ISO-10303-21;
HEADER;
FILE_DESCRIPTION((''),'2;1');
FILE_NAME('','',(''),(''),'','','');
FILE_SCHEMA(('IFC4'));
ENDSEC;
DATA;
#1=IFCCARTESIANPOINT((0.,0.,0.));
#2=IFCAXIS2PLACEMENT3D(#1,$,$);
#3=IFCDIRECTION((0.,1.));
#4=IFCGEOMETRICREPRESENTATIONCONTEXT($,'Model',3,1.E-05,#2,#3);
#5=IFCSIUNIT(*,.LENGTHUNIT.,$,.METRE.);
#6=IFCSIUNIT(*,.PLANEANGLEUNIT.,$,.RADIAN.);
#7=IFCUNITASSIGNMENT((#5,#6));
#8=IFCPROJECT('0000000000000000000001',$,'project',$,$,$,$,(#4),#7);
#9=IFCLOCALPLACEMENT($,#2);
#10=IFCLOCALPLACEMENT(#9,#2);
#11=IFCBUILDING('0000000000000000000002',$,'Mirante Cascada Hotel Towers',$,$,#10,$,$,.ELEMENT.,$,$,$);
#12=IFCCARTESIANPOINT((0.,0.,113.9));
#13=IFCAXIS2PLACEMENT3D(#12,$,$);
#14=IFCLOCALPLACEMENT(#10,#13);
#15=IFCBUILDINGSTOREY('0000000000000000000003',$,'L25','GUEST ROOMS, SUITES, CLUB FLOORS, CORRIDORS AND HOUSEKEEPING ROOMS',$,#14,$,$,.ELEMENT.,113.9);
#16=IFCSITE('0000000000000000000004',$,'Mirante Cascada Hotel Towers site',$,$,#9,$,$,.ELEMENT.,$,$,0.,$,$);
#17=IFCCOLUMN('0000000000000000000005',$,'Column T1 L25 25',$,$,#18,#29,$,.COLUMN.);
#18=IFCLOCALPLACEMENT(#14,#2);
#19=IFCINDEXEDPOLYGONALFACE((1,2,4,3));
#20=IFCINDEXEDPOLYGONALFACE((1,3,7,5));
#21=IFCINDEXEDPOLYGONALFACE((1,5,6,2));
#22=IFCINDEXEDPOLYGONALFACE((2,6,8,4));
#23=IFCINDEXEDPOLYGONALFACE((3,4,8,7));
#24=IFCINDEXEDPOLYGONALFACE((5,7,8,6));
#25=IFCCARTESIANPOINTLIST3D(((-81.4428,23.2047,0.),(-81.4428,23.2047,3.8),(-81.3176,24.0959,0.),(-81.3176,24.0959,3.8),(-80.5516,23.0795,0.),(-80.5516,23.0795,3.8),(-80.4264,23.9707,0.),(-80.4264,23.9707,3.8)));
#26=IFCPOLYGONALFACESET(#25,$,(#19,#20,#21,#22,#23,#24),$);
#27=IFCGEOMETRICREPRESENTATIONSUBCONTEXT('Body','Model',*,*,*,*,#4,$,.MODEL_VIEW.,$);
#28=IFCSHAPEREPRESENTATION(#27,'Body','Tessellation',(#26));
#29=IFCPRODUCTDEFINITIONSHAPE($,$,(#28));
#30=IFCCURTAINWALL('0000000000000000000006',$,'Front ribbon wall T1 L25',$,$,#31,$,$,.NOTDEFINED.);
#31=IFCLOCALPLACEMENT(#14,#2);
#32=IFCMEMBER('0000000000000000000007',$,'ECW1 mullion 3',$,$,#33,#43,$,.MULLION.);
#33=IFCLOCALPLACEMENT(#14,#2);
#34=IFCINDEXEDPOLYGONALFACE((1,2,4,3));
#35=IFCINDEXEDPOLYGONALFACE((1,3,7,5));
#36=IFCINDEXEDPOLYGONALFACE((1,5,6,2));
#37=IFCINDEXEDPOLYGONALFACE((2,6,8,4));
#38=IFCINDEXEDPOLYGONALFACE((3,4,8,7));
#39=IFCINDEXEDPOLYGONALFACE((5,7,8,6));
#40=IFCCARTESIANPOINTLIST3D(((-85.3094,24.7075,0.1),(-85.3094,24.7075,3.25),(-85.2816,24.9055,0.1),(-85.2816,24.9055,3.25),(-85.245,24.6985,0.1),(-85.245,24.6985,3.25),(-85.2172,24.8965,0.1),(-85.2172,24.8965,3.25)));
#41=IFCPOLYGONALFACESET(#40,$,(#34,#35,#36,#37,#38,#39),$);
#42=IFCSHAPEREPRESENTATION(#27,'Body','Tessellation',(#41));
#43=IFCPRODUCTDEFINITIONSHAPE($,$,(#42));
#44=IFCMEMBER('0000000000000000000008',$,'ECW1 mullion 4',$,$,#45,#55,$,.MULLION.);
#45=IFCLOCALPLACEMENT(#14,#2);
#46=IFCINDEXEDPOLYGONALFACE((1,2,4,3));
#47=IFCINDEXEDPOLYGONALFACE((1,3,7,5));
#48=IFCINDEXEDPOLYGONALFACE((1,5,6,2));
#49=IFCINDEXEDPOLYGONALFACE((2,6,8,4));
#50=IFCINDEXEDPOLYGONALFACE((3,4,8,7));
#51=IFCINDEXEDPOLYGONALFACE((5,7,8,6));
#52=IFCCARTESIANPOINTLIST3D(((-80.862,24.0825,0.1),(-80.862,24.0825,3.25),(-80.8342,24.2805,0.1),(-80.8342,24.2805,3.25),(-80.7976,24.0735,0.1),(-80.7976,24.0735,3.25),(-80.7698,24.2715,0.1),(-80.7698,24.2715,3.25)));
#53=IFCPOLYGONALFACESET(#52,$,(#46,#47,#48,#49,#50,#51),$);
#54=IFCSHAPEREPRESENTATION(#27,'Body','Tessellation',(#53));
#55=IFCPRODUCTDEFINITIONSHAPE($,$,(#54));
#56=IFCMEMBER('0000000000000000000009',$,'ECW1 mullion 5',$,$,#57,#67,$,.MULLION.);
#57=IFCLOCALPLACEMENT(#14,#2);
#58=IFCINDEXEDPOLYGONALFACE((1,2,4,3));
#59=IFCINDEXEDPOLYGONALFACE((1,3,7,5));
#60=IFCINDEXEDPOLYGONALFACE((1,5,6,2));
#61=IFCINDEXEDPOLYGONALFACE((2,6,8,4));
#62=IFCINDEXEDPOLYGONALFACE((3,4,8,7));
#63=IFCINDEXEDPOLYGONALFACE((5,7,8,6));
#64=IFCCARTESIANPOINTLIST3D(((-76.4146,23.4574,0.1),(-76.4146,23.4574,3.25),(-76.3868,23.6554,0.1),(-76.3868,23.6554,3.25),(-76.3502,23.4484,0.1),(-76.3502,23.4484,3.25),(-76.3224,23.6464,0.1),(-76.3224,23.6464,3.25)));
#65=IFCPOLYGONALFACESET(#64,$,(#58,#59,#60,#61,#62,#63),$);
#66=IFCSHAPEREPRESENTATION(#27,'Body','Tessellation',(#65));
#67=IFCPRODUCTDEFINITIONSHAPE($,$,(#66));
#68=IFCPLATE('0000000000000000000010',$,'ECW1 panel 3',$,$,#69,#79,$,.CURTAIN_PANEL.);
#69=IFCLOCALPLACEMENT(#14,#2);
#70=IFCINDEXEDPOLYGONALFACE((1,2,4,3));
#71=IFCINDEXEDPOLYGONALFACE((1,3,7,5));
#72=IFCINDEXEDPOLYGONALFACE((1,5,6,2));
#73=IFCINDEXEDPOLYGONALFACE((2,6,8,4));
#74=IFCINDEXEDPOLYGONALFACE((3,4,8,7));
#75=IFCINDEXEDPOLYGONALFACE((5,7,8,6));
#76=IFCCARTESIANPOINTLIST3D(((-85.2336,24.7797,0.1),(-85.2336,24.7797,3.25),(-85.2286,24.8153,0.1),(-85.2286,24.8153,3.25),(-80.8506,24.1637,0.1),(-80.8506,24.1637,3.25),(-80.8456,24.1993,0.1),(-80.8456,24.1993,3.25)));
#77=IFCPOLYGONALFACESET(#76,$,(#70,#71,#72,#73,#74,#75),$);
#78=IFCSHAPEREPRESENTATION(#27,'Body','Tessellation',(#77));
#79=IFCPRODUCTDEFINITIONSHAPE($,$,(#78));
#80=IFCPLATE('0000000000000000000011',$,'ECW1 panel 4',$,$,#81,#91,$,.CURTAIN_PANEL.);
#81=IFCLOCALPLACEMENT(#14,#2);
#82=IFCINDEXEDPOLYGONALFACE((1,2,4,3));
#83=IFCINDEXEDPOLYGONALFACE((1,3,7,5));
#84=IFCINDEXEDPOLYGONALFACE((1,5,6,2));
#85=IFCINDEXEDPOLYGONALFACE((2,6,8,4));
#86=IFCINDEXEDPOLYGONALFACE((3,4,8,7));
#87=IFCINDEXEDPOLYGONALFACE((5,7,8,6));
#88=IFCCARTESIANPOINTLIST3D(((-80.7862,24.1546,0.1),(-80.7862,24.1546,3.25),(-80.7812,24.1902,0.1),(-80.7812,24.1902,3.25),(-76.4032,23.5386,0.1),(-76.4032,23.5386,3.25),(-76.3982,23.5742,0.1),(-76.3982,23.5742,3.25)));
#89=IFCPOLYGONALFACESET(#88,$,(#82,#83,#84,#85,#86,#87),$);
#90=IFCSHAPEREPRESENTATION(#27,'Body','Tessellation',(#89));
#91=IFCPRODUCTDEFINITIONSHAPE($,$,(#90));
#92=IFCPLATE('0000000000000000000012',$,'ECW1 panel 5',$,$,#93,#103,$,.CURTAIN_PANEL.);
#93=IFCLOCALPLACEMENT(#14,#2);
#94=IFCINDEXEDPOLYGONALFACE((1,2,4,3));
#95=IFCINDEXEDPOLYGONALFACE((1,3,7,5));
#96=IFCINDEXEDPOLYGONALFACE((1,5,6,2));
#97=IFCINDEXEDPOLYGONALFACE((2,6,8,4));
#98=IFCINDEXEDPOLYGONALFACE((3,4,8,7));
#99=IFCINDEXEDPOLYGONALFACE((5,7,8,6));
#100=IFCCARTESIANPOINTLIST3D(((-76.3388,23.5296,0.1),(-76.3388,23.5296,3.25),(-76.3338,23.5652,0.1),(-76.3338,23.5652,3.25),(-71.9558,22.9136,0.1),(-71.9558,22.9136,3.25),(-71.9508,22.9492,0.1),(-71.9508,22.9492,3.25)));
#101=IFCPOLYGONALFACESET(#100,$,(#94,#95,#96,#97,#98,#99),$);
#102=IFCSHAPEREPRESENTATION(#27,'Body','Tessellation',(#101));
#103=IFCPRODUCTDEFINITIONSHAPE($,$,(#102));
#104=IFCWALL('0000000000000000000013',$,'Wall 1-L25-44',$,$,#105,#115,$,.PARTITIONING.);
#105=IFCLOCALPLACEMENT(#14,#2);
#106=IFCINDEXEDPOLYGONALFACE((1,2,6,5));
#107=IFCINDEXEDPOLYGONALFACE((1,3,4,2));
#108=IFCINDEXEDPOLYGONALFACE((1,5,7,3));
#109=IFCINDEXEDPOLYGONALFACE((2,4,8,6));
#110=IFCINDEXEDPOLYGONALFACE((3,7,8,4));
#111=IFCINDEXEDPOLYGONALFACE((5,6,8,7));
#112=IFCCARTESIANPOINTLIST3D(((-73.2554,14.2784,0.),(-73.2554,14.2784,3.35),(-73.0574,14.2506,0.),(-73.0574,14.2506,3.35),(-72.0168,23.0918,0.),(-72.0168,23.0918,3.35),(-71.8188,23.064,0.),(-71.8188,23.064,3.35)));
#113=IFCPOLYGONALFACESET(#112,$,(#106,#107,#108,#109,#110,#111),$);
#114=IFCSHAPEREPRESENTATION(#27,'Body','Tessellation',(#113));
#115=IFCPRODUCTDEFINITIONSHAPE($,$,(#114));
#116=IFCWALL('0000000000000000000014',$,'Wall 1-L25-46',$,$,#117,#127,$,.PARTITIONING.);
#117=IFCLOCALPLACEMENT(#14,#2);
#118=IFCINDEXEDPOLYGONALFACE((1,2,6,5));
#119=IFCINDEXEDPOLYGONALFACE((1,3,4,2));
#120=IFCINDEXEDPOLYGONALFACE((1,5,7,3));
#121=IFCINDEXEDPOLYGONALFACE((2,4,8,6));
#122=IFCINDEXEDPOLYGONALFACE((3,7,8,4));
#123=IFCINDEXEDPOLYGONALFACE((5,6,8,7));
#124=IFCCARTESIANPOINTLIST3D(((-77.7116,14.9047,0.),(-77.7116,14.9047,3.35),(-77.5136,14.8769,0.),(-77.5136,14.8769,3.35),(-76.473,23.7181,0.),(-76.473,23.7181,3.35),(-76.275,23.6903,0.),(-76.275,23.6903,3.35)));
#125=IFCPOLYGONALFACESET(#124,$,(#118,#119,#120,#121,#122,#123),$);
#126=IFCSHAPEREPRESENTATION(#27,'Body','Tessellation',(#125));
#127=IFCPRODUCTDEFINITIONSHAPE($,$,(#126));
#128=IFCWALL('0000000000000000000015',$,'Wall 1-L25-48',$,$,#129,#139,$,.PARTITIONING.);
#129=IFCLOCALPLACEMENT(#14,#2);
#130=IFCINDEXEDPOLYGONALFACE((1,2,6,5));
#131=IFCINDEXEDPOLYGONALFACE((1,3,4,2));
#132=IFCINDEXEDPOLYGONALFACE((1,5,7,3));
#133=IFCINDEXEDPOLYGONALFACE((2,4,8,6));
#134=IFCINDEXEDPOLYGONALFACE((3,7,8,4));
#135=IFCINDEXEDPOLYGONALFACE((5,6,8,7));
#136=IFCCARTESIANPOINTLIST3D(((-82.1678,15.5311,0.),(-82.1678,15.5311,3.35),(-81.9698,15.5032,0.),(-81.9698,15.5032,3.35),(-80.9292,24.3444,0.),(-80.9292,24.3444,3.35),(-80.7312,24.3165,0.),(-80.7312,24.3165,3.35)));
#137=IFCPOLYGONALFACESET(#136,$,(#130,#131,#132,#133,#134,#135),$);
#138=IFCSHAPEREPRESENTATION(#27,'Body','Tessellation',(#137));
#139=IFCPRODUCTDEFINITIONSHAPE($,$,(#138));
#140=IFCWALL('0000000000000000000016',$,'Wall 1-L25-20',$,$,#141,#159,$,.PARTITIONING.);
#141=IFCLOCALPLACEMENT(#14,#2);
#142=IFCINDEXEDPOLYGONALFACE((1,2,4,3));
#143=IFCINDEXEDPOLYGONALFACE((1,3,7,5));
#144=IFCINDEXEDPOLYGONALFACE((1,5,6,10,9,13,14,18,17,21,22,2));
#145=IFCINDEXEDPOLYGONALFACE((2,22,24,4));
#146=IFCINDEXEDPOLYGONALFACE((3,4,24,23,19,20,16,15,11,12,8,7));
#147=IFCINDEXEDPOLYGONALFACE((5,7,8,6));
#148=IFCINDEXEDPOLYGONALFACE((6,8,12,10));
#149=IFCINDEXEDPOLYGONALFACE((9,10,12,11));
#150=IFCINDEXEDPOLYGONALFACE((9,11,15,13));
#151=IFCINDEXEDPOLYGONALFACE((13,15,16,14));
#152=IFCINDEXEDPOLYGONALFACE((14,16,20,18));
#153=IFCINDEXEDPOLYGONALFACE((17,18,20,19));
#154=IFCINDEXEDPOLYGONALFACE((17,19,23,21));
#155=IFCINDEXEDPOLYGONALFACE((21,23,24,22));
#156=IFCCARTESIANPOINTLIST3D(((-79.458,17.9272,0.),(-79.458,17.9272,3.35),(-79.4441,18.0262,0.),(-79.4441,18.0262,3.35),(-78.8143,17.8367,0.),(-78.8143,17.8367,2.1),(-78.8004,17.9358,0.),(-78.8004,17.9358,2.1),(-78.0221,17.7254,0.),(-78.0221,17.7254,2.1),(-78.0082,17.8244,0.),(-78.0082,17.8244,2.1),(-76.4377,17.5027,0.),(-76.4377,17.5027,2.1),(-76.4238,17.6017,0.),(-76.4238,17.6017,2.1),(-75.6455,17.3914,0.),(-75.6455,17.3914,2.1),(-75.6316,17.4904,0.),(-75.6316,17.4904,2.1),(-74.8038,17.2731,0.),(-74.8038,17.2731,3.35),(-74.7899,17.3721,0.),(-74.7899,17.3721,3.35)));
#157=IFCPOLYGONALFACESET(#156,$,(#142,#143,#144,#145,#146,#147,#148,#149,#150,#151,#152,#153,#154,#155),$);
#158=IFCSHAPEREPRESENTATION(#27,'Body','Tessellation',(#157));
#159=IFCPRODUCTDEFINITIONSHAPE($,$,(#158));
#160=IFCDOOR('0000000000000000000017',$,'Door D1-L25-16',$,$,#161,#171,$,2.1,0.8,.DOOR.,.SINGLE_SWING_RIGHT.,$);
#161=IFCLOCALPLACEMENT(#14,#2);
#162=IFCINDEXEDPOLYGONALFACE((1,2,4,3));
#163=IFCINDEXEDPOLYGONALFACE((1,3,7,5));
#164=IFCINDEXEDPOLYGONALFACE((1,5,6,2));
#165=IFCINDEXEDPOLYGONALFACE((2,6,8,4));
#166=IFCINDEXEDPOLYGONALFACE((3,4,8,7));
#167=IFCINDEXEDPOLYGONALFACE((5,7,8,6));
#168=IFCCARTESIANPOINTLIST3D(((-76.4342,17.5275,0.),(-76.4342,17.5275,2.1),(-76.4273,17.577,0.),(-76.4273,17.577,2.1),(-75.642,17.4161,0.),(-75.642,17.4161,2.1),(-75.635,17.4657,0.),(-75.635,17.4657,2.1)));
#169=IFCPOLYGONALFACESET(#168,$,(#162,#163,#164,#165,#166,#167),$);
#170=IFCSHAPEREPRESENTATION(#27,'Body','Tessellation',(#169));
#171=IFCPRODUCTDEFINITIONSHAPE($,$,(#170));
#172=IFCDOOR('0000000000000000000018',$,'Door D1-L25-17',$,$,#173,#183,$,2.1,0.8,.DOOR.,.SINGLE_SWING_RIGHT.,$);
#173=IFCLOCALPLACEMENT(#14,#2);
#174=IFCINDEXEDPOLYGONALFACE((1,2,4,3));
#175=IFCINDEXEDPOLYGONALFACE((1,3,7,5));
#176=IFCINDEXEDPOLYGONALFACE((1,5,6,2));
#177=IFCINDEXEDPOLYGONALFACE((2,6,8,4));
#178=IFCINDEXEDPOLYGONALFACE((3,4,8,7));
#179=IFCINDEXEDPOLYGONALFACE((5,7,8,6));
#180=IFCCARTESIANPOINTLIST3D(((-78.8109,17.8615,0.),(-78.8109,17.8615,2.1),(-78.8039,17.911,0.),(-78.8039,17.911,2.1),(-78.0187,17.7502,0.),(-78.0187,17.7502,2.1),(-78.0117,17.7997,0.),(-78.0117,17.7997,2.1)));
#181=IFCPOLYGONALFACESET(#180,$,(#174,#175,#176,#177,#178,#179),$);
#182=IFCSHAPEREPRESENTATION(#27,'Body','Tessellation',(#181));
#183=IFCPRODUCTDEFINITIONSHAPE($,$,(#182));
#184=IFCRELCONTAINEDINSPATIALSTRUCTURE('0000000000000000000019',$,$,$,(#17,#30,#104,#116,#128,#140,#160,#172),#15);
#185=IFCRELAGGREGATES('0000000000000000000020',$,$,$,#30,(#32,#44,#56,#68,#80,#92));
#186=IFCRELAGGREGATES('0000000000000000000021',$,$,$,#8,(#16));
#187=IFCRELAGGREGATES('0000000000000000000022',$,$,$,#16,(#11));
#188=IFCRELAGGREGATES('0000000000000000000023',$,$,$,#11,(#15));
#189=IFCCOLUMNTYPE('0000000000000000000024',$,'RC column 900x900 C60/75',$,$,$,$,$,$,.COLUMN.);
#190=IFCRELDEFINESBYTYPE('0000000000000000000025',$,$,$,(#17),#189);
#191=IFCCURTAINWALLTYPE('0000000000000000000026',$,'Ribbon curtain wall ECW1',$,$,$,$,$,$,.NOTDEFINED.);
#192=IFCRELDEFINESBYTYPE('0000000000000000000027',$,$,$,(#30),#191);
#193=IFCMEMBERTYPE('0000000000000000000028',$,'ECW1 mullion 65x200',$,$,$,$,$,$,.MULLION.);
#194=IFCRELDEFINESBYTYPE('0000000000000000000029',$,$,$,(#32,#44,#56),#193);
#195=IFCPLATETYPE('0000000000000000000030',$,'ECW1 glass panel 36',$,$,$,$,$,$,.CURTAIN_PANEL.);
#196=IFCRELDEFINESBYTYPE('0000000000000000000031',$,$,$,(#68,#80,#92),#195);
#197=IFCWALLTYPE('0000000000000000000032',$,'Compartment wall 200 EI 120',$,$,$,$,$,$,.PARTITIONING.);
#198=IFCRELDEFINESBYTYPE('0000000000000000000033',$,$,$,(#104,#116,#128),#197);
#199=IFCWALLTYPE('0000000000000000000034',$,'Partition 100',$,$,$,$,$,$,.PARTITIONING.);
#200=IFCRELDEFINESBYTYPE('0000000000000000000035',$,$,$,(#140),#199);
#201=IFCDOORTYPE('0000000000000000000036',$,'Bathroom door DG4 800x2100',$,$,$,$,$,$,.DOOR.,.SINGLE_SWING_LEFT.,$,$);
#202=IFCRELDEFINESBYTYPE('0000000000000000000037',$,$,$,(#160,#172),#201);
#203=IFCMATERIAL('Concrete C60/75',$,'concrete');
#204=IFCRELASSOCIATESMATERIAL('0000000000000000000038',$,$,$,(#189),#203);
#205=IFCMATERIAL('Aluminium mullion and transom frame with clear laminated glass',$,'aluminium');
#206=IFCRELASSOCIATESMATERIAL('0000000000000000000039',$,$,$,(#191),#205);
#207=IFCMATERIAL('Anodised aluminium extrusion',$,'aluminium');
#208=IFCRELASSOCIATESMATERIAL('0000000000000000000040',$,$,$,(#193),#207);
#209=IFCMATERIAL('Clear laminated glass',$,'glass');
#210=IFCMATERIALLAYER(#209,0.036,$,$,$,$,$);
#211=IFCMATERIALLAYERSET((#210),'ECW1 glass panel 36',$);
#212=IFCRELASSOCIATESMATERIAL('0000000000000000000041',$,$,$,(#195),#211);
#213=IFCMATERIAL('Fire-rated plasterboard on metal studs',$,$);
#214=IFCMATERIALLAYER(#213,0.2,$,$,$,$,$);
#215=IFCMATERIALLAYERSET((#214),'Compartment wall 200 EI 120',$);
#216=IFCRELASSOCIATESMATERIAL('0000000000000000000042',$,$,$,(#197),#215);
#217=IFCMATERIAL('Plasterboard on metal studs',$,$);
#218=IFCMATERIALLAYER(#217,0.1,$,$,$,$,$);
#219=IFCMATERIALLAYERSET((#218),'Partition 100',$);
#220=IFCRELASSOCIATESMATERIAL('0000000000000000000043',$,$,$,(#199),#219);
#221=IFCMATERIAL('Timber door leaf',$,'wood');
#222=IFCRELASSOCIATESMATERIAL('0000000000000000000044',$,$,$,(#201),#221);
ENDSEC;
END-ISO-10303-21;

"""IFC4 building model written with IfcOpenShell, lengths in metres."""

from ifc_helpers import new_model, si_unit, direction, frame, frame_2d, origin, origin_2d, place, context, subcontext, project, spatial, rectangle, extrude, material, layer, layer_set, material_profile, profile_set, type_object, element, fill, aggregate, save


model = new_model("IFC4")

# Units and contexts
model_context = context("Model", 3, precision=1e-05, world=origin(), true_north=direction((0.0, 1.0)))
body_context = subcontext(model_context, "Body", "Model", "MODEL_VIEW")
ifc_project = project(units=[si_unit("LENGTHUNIT", "METRE"), si_unit("PLANEANGLEUNIT", "RADIAN")], contexts=[model_context])

# Site, building, storey
site_placement = place(None, origin())
site = spatial("IfcSite", under=ifc_project, at=site_placement, Name="Mirante Cascada Hotel Towers site", CompositionType="ELEMENT", RefElevation=0.0)
building_placement = place(site_placement, origin())
building = spatial("IfcBuilding", under=site, at=building_placement, Name="Mirante Cascada Hotel Towers", CompositionType="ELEMENT")
storey_placement = place(building_placement, frame((0.0, 0.0, 113.9)))
storey = spatial("IfcBuildingStorey", under=building, at=storey_placement, Name="L25", Description="GUEST ROOMS, SUITES, CLUB FLOORS, CORRIDORS AND HOUSEKEEPING ROOMS", CompositionType="ELEMENT", Elevation=113.9)

# Column
ifc_material_1 = material(Name="Concrete C60/75", Category="concrete")
ifc_material_profile_1 = material_profile(ifc_material_1, rectangle(XDim=0.9, YDim=0.9, at=origin_2d()), Name="RC column 900x900 C60/75")
ifc_profile_set_1 = profile_set([ifc_material_profile_1], Name="Concrete C60/75")
column_type = type_object("IfcColumnType", Name="RC column 900x900 C60/75", PredefinedType="COLUMN", material=ifc_profile_set_1)
column_placement = place(storey_placement, frame((-80.9346, 23.5877, 0.0), z_axis=(0.0, 0.0, 1.0), x_axis=(-0.990268, 0.139173, 0.0)))
element("IfcColumn", 1, at=column_placement, inside=storey, type_object=column_type, Name="Column T1 L25 25", PredefinedType="COLUMN", context=body_context, shape_type="SweptSolid", body=[
    extrude(rectangle(XDim=0.9, YDim=0.9, at=origin_2d()), origin(), (0.0, 0.0, 1.0), 3.8),
])

# Curtain wall, members, plates
ifc_material_2 = material(Name="Aluminium mullion and transom frame with clear laminated glass", Category="aluminium")
curtain_wall_type = type_object("IfcCurtainWallType", Name="Ribbon curtain wall ECW1", PredefinedType="NOTDEFINED", material=ifc_material_2)
curtain_wall_placement = place(storey_placement, origin())
curtain_wall = element("IfcCurtainWall", 2, at=curtain_wall_placement, inside=storey, type_object=curtain_wall_type, Name="Front ribbon wall T1 L25", PredefinedType="NOTDEFINED")
ifc_material_3 = material(Name="Anodised aluminium extrusion", Category="aluminium")
ifc_material_profile_2 = material_profile(ifc_material_3, rectangle(XDim=0.2, YDim=0.065, at=origin_2d()), Name="ECW1 MULLION 65x200")
ifc_profile_set_2 = profile_set([ifc_material_profile_2], Name="Anodised aluminium extrusion")
member_type = type_object("IfcMemberType", Name="ECW1 mullion 65x200", PredefinedType="MULLION", material=ifc_profile_set_2)
member_1_placement = place(storey_placement, frame((-85.2633, 24.802, 0.1), z_axis=(0.0, 0.0, 1.0), x_axis=(0.139173, 0.990268, 0.0)))
member_1 = element("IfcMember", 3, at=member_1_placement, type_object=member_type, Name="ECW1 mullion 3", PredefinedType="MULLION", context=body_context, shape_type="SweptSolid", body=[
    extrude(rectangle(XDim=0.2, YDim=0.065, at=origin_2d()), origin(), (0.0, 0.0, 1.0), 3.15),
])
member_2_placement = place(storey_placement, frame((-80.8159, 24.177, 0.1), z_axis=(0.0, 0.0, 1.0), x_axis=(0.139173, 0.990268, 0.0)))
member_2 = element("IfcMember", 4, at=member_2_placement, type_object=member_type, Name="ECW1 mullion 4", PredefinedType="MULLION", context=body_context, shape_type="SweptSolid", body=[
    extrude(rectangle(XDim=0.2, YDim=0.065, at=origin_2d()), origin(), (0.0, 0.0, 1.0), 3.15),
])
member_3_placement = place(storey_placement, frame((-76.3685, 23.5519, 0.1), z_axis=(0.0, 0.0, 1.0), x_axis=(0.139173, 0.990268, 0.0)))
member_3 = element("IfcMember", 5, at=member_3_placement, type_object=member_type, Name="ECW1 mullion 5", PredefinedType="MULLION", context=body_context, shape_type="SweptSolid", body=[
    extrude(rectangle(XDim=0.2, YDim=0.065, at=origin_2d()), origin(), (0.0, 0.0, 1.0), 3.15),
])
ifc_material_4 = material(Name="Clear laminated glass", Category="glass")
ifc_layer_1 = layer(ifc_material_4, 0.036)
ifc_layer_set_1 = layer_set([ifc_layer_1], Name="ECW1 glass panel 36")
plate_type = type_object("IfcPlateType", Name="ECW1 glass panel 36", PredefinedType="CURTAIN_PANEL", material=ifc_layer_set_1)
plate_1_placement = place(storey_placement, frame((-83.0396, 24.4895, 0.1), z_axis=(0.0, 0.0, 1.0), x_axis=(0.990268, -0.139173, 0.0)))
plate_1 = element("IfcPlate", 6, at=plate_1_placement, type_object=plate_type, Name="ECW1 panel 3", PredefinedType="CURTAIN_PANEL", context=body_context, shape_type="SweptSolid", body=[
    extrude(rectangle(XDim=4.4261, YDim=0.036, at=origin_2d()), origin(), (0.0, 0.0, 1.0), 3.15),
])
plate_2_placement = place(storey_placement, frame((-78.5922, 23.8644, 0.1), z_axis=(0.0, 0.0, 1.0), x_axis=(0.990268, -0.139173, 0.0)))
plate_2 = element("IfcPlate", 7, at=plate_2_placement, type_object=plate_type, Name="ECW1 panel 4", PredefinedType="CURTAIN_PANEL", context=body_context, shape_type="SweptSolid", body=[
    extrude(rectangle(XDim=4.4261, YDim=0.036, at=origin_2d()), origin(), (0.0, 0.0, 1.0), 3.15),
])
plate_3_placement = place(storey_placement, frame((-74.1448, 23.2394, 0.1), z_axis=(0.0, 0.0, 1.0), x_axis=(0.990268, -0.139173, 0.0)))
plate_3 = element("IfcPlate", 8, at=plate_3_placement, type_object=plate_type, Name="ECW1 panel 5", PredefinedType="CURTAIN_PANEL", context=body_context, shape_type="SweptSolid", body=[
    extrude(rectangle(XDim=4.4261, YDim=0.036, at=origin_2d()), origin(), (0.0, 0.0, 1.0), 3.15),
])
aggregate(curtain_wall, [member_1, member_2, member_3, plate_1, plate_2, plate_3])

# Walls
ifc_material_5 = material(Name="Fire-rated plasterboard on metal studs")
ifc_layer_2 = layer(ifc_material_5, 0.2)
ifc_layer_set_2 = layer_set([ifc_layer_2], Name="Compartment wall 200 EI 120")
wall_type_1 = type_object("IfcWallType", Name="Compartment wall 200 EI 120", PredefinedType="PARTITIONING", material=ifc_layer_set_2)
for number, where, z_axis, x_axis, name in (
    (9, (-73.1564, 14.2645, 0.0), (0.0, 0.0, 1.0), (0.139168, 0.990269, 0.0), "Wall 1-L25-44"),
    (10, (-77.6126, 14.8908, 0.0), (0.0, 0.0, 1.0), (0.139168, 0.990269, 0.0), "Wall 1-L25-46"),
):
    element("IfcWall", number, at=place(storey_placement, frame(where, z_axis=z_axis, x_axis=x_axis)), inside=storey, type_object=wall_type_1, Name=name, PredefinedType="PARTITIONING", context=body_context, shape_type="SweptSolid", body=[
        extrude(rectangle(XDim=8.9, YDim=0.2, at=frame_2d((4.45, 0.0))), origin(), (0.0, 0.0, 1.0), 3.35),
    ])
wall_1_placement = place(storey_placement, frame((-82.0688, 15.5171, 0.0), z_axis=(0.0, 0.0, 1.0), x_axis=(0.13917, 0.990268, 0.0)))
element("IfcWall", 11, at=wall_1_placement, inside=storey, type_object=wall_type_1, Name="Wall 1-L25-48", PredefinedType="PARTITIONING", context=body_context, shape_type="SweptSolid", body=[
    extrude(rectangle(XDim=8.8999, YDim=0.2, at=frame_2d((4.45, 0.0))), origin(), (0.0, 0.0, 1.0), 3.35),
])

# Wall, openings, doors
ifc_material_6 = material(Name="Plasterboard on metal studs")
ifc_layer_3 = layer(ifc_material_6, 0.1)
ifc_layer_set_3 = layer_set([ifc_layer_3], Name="Partition 100")
wall_type_2 = type_object("IfcWallType", Name="Partition 100", PredefinedType="PARTITIONING", material=ifc_layer_set_3)
wall_2_placement = place(storey_placement, frame((-74.7968, 17.3226, 0.0), z_axis=(0.0, 0.0, 1.0), x_axis=(-0.990268, 0.139172, 0.0)))
wall_2 = element("IfcWall", 12, at=wall_2_placement, inside=storey, type_object=wall_type_2, Name="Wall 1-L25-20", PredefinedType="PARTITIONING", context=body_context, shape_type="SweptSolid", body=[
    extrude(rectangle(XDim=4.6999, YDim=0.1, at=frame_2d((2.35, 0.0))), origin(), (0.0, 0.0, 1.0), 3.35),
])
opening_1_placement = place(wall_2_placement, frame((0.85, 0.0, 0.0)))
opening_1 = element("IfcOpeningElement", 13, at=opening_1_placement, cuts=wall_2, PredefinedType="OPENING", context=body_context, shape_type="SweptSolid", body=[
    extrude(rectangle(XDim=0.8, YDim=2.1, at=frame_2d((0.4, 1.05))), frame((0.0, 0.05, 0.0), z_axis=(0.0, -1.0, 0.0), x_axis=(1.0, 0.0, 0.0)), (0.0, 0.0, 1.0), 0.1),
])
opening_2_placement = place(wall_2_placement, frame((3.25, 0.0, 0.0)))
opening_2 = element("IfcOpeningElement", 14, at=opening_2_placement, cuts=wall_2, PredefinedType="OPENING", context=body_context, shape_type="SweptSolid", body=[
    extrude(rectangle(XDim=0.8, YDim=2.1, at=frame_2d((0.4, 1.05))), frame((0.0, 0.05, 0.0), z_axis=(0.0, -1.0, 0.0), x_axis=(1.0, 0.0, 0.0)), (0.0, 0.0, 1.0), 0.1),
])
ifc_material_7 = material(Name="Timber door leaf", Category="wood")
door_type = type_object("IfcDoorType", Name="Bathroom door DG4 800x2100", OperationType="SINGLE_SWING_LEFT", PredefinedType="DOOR", material=ifc_material_7)
door_1_placement = place(opening_1_placement, frame((0.8, 0.0, 0.0), z_axis=(0.0, 0.0, 1.0), x_axis=(-1.0, 0.0, 0.0)))
door_1 = element("IfcDoor", 15, at=door_1_placement, inside=storey, type_object=door_type, Name="Door D1-L25-16", OperationType="SINGLE_SWING_RIGHT", OverallHeight=2.1, OverallWidth=0.8, PredefinedType="DOOR", context=body_context, shape_type="SweptSolid", body=[
    extrude(rectangle(XDim=0.8, YDim=2.1, at=frame_2d((0.4, 1.05))), frame((0.0, 0.025, 0.0), z_axis=(0.0, -1.0, 0.0), x_axis=(1.0, 0.0, 0.0)), (0.0, 0.0, 1.0), 0.05),
])
fill(opening_1, door_1)
door_2_placement = place(opening_2_placement, frame((0.8, 0.0, 0.0), z_axis=(0.0, 0.0, 1.0), x_axis=(-1.0, 0.0, 0.0)))
door_2 = element("IfcDoor", 16, at=door_2_placement, inside=storey, type_object=door_type, Name="Door D1-L25-17", OperationType="SINGLE_SWING_RIGHT", OverallHeight=2.1, OverallWidth=0.8, PredefinedType="DOOR", context=body_context, shape_type="SweptSolid", body=[
    extrude(rectangle(XDim=0.8, YDim=2.1, at=frame_2d((0.4, 1.05))), frame((0.0, 0.025, 0.0), z_axis=(0.0, -1.0, 0.0), x_axis=(1.0, 0.0, 0.0)), (0.0, 0.0, 1.0), 0.05),
])
fill(opening_2, door_2)

save(model, "model.ifc")
